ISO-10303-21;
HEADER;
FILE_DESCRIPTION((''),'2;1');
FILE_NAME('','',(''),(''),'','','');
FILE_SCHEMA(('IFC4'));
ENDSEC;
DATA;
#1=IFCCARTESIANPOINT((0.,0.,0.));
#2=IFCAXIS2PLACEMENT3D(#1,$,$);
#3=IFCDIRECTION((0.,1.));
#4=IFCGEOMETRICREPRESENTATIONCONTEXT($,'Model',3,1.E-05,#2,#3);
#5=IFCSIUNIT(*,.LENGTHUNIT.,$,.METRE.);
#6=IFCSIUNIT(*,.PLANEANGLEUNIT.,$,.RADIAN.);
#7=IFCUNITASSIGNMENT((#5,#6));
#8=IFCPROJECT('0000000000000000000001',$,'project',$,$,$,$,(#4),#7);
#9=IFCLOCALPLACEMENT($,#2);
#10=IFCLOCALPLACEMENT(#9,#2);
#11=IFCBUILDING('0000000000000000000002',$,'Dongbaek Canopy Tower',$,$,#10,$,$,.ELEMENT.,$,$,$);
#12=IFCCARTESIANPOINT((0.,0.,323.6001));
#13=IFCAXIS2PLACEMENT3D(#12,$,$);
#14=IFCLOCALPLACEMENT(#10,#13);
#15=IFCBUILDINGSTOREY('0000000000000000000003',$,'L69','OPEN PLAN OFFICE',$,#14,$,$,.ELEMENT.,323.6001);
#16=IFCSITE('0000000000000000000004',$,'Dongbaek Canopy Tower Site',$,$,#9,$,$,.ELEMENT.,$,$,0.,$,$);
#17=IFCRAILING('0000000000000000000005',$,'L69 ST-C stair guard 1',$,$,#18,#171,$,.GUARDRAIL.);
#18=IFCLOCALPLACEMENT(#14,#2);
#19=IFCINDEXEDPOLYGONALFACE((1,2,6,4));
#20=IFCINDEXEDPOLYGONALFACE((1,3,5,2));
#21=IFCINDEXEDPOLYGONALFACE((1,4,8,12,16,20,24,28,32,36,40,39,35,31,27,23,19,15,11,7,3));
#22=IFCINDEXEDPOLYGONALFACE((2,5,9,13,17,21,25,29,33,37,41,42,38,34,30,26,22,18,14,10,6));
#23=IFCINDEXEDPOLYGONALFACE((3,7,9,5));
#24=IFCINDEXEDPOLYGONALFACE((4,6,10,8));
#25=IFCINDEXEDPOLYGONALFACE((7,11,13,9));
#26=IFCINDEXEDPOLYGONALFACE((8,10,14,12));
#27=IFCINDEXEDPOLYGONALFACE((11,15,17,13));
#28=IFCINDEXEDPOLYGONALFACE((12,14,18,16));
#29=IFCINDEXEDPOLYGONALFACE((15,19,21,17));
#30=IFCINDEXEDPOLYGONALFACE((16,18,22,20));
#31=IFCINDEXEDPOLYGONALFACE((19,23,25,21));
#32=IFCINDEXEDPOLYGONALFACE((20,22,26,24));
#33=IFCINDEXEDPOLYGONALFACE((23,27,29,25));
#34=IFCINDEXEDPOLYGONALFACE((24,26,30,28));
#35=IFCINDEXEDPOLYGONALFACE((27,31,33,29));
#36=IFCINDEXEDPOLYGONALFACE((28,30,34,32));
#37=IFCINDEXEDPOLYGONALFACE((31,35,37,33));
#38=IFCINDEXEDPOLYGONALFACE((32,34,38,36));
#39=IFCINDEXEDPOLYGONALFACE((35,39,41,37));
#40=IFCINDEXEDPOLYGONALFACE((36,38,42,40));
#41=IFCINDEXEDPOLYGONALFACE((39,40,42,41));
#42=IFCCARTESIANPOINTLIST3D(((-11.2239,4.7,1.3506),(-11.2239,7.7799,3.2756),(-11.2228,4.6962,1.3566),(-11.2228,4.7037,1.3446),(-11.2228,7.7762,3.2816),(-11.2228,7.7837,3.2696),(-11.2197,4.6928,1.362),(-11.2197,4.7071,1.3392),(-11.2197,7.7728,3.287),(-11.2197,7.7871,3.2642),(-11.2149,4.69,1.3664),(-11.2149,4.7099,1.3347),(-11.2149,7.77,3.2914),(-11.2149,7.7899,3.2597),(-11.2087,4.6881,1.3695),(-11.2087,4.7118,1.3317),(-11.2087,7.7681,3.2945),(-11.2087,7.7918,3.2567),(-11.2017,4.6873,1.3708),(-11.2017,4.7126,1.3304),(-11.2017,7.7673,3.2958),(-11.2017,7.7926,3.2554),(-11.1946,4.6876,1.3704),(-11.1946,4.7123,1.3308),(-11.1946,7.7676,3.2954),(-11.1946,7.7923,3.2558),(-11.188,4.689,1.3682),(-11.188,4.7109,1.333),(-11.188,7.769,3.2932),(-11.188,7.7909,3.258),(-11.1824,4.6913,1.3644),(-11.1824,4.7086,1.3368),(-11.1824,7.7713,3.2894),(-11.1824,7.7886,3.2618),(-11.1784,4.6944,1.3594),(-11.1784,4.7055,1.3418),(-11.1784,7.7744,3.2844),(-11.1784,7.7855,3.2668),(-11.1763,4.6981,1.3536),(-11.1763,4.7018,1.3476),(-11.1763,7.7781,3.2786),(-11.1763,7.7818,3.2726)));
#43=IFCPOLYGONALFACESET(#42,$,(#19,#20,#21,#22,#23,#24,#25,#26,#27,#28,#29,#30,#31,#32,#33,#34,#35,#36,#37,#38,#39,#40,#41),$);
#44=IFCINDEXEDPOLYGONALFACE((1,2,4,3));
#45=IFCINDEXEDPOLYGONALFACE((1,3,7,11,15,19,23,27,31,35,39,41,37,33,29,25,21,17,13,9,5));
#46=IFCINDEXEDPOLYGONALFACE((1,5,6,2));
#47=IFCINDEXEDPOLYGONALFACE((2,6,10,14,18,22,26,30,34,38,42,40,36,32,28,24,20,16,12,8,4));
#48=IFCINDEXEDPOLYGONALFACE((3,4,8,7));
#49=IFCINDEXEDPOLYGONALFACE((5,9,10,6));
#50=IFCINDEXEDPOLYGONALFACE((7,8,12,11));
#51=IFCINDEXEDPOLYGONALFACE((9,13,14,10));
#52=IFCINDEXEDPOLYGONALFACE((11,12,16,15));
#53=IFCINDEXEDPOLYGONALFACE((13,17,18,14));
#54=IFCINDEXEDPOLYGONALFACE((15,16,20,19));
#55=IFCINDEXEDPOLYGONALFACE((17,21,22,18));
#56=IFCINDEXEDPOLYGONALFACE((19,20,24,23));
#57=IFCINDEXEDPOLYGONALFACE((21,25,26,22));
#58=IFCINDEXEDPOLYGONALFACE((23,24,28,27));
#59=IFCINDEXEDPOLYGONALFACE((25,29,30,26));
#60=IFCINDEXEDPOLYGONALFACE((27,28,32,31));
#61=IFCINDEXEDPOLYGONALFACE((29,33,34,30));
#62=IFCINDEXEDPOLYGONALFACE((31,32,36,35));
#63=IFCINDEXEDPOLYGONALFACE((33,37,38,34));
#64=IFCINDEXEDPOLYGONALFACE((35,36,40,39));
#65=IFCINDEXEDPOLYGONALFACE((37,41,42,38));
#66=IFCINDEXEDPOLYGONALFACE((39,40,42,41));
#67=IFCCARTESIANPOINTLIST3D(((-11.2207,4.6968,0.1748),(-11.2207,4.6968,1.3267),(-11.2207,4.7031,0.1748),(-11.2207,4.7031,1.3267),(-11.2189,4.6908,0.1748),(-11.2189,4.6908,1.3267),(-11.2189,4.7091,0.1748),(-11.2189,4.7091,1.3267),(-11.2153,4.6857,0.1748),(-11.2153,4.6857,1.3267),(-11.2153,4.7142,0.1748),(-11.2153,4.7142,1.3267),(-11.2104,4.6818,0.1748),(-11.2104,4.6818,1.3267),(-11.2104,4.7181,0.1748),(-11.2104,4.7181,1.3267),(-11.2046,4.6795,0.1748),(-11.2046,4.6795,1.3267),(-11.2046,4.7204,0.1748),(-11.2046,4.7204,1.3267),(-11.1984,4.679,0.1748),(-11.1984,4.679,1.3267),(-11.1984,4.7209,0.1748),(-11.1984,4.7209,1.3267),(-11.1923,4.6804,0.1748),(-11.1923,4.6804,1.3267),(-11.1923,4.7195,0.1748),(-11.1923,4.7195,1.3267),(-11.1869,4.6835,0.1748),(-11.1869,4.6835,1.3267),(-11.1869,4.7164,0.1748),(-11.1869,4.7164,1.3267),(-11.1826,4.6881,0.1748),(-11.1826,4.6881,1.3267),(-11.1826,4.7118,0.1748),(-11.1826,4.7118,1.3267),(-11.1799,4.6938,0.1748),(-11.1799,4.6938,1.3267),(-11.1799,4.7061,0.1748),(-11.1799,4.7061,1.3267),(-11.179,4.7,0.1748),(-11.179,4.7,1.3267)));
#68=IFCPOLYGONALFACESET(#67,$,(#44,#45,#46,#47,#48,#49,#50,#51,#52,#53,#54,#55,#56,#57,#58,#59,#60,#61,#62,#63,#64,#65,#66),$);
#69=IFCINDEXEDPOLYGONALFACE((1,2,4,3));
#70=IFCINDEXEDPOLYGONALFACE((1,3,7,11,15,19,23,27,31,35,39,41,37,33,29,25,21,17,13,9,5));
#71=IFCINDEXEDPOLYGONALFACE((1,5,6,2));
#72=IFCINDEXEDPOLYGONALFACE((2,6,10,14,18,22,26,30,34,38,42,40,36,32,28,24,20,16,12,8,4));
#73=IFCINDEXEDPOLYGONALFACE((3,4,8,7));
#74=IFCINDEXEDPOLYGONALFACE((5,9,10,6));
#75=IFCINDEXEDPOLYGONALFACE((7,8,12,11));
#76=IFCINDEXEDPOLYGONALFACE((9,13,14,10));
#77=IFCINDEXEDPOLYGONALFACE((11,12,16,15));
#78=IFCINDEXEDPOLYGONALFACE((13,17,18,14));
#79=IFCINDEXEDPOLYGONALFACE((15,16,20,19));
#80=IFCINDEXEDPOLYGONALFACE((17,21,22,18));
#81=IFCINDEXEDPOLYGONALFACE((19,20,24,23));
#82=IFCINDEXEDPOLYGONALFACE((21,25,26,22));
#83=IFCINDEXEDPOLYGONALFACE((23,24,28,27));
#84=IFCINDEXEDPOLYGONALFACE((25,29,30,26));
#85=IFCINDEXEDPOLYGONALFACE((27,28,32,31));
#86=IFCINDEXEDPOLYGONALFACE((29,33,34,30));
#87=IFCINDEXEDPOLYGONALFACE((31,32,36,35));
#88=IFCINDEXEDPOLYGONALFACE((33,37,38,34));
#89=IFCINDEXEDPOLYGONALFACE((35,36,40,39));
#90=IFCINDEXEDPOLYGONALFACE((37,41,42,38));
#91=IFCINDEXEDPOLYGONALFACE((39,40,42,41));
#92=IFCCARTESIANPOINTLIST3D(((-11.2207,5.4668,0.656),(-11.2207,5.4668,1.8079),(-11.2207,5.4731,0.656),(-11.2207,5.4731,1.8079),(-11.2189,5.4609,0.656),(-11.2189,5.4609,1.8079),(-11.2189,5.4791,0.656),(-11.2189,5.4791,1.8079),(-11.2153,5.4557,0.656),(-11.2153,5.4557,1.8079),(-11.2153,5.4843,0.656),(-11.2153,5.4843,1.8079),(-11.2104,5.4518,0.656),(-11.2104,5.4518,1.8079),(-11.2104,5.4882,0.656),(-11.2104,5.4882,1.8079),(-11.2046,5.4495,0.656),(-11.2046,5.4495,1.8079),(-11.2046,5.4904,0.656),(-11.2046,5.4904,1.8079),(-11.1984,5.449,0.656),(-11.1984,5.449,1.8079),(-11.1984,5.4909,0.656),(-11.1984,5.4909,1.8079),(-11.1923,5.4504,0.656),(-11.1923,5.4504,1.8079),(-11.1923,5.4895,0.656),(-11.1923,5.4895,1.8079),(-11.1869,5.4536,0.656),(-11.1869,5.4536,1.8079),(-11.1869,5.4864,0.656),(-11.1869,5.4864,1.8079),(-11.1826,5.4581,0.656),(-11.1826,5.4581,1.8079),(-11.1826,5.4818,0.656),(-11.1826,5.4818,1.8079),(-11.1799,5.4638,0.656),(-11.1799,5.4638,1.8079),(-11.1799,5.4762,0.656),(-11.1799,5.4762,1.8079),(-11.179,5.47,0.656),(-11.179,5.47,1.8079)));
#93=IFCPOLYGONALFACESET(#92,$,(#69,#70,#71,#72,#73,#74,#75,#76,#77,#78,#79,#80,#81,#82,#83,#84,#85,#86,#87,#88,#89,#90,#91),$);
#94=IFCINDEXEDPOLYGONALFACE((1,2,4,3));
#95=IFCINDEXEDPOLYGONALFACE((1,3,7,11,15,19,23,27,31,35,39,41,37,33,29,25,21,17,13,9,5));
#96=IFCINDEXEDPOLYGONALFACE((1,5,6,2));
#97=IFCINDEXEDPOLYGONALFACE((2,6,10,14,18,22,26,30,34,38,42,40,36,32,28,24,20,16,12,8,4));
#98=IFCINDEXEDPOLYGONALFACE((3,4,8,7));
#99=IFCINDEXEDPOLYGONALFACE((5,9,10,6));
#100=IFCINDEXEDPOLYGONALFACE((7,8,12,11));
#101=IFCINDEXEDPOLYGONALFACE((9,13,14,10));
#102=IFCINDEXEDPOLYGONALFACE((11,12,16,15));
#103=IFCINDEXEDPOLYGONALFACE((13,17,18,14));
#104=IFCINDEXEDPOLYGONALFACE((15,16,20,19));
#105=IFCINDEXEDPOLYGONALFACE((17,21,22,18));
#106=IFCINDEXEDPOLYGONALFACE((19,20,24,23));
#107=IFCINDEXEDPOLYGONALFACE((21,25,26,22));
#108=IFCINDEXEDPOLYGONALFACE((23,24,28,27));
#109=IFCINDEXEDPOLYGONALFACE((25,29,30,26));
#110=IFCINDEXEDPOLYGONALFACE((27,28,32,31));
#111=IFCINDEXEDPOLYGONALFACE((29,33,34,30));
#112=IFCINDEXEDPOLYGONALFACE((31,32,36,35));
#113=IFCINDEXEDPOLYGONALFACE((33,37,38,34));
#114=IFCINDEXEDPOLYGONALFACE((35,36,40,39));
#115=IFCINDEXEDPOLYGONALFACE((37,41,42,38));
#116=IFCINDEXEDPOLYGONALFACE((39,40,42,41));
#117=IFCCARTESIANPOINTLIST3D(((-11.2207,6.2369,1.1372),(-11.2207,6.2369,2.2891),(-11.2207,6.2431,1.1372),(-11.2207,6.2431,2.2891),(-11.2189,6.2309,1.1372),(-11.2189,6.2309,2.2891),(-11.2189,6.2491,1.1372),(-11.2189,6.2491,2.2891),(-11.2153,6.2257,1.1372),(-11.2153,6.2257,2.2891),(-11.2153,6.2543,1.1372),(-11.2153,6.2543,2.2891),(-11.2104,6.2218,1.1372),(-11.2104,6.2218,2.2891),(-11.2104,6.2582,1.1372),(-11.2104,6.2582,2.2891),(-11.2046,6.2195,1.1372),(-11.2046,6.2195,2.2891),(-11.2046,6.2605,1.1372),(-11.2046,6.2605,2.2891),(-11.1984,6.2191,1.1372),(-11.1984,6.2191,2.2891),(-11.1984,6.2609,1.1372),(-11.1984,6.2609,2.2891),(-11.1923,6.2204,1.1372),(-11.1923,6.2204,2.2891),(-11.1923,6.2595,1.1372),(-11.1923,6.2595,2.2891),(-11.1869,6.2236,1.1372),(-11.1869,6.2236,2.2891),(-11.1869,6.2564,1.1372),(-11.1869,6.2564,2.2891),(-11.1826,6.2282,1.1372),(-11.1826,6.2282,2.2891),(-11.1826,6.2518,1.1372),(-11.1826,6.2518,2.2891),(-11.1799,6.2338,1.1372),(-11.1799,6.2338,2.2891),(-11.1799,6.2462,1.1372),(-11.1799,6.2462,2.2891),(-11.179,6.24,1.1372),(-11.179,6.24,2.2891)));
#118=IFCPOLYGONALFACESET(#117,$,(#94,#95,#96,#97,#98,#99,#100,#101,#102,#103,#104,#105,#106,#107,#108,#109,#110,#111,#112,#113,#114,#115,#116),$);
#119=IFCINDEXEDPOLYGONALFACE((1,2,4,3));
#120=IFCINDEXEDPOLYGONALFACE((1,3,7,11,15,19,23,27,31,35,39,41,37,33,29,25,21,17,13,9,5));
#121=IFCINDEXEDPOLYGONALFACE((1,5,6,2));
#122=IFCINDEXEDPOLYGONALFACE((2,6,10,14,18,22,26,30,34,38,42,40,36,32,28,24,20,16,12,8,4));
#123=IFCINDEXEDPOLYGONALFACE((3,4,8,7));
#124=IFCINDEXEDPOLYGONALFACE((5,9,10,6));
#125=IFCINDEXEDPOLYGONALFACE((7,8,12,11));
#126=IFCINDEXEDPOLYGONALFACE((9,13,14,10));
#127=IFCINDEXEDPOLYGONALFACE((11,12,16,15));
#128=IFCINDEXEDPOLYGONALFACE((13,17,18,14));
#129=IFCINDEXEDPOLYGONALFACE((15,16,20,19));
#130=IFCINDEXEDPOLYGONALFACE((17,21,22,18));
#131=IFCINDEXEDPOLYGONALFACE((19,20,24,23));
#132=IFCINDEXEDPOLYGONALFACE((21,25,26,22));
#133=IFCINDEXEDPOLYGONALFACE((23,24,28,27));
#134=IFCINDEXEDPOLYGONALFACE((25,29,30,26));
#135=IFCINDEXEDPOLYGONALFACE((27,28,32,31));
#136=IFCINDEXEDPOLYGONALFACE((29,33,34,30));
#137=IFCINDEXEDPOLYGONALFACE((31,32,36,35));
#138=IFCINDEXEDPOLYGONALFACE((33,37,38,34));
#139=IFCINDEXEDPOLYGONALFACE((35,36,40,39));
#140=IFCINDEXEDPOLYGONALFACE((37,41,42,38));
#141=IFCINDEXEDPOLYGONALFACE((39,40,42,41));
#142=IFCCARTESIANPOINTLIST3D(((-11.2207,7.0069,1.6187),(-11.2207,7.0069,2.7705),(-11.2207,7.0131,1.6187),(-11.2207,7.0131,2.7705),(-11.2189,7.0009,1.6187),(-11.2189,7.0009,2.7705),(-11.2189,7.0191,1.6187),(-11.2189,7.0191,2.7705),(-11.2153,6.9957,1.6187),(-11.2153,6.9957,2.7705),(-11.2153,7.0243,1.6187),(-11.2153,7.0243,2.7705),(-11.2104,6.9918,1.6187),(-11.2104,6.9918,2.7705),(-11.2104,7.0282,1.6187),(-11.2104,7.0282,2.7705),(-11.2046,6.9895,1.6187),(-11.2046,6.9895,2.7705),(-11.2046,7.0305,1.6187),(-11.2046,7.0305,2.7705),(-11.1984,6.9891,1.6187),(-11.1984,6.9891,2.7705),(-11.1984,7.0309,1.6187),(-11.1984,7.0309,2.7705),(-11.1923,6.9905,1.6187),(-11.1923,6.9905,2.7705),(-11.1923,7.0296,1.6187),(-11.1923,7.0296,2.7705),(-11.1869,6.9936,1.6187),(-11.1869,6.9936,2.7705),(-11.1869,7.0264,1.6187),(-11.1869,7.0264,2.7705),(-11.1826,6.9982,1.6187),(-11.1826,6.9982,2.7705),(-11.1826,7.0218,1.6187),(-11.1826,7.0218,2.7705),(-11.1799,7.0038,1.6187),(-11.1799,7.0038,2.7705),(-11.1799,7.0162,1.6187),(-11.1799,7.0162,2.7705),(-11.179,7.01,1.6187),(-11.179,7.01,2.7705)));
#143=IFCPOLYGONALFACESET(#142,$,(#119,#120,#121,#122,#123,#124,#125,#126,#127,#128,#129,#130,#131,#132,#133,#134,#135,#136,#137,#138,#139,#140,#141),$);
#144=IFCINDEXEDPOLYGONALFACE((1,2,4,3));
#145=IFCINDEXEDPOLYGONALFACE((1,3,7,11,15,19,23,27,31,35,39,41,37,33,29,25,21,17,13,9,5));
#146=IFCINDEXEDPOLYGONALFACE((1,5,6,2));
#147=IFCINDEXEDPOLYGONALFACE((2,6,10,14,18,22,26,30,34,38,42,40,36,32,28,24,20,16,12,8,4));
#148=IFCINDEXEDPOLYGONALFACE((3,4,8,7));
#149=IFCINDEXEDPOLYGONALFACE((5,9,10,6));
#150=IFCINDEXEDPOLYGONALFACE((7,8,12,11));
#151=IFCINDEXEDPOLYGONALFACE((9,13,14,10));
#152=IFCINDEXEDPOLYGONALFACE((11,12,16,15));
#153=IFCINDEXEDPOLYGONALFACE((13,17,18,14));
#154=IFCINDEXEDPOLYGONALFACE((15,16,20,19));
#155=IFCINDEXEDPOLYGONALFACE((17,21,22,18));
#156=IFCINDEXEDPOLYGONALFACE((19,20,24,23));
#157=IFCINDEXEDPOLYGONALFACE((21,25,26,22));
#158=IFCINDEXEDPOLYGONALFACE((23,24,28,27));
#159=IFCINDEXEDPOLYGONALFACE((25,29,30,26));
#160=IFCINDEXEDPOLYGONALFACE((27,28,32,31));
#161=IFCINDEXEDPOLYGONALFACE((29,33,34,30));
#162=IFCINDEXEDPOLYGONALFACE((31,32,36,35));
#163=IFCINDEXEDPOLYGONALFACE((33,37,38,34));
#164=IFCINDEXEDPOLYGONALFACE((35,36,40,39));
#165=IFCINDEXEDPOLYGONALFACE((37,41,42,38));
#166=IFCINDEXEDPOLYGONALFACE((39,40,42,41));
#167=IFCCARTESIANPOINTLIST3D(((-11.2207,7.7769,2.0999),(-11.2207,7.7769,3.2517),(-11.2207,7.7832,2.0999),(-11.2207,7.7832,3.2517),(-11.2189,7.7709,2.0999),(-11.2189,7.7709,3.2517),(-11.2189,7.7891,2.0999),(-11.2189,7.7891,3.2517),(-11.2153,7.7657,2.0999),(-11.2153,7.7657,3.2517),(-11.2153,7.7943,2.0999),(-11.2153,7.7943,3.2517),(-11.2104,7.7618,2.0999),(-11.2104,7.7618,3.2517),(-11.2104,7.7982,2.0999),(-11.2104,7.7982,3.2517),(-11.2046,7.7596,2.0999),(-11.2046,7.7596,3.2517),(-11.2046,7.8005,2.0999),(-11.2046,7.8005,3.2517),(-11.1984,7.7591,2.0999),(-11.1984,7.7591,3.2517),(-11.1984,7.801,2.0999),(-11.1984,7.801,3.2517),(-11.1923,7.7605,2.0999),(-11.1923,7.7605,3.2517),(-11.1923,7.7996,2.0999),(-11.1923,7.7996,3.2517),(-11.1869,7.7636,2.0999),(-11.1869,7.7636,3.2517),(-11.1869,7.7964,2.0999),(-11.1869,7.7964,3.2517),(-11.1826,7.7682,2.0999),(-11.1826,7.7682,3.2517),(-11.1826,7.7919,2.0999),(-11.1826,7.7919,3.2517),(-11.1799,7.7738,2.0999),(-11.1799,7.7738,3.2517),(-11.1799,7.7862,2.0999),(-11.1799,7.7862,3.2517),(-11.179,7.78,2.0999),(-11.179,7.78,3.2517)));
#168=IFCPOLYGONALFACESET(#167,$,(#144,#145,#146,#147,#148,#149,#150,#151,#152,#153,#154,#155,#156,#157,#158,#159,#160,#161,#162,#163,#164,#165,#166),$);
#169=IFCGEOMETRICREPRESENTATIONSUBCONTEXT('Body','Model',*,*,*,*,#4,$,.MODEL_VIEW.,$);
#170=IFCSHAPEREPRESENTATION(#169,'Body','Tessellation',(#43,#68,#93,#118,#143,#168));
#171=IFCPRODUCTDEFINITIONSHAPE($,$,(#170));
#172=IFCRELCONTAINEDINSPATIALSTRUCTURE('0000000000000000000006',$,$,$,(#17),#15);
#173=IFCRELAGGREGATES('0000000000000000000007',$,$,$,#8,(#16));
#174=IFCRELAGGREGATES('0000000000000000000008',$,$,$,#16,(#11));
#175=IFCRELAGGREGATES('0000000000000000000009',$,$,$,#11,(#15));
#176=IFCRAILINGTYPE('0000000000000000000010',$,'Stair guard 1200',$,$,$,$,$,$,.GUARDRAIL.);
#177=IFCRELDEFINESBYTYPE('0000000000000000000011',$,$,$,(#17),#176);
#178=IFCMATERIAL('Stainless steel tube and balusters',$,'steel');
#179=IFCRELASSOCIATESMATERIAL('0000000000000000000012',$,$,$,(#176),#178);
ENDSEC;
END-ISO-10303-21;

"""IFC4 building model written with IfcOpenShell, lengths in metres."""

from ifc_helpers import new_model, si_unit, direction, frame, origin, origin_2d, place, context, subcontext, project, spatial, circle, extrude, material, type_object, element, save


model = new_model("IFC4")

# Units and contexts
model_context = context("Model", 3, precision=1e-05, world=origin(), true_north=direction((0.0, 1.0)))
body_context = subcontext(model_context, "Body", "Model", "MODEL_VIEW")
ifc_project = project(units=[si_unit("LENGTHUNIT", "METRE"), si_unit("PLANEANGLEUNIT", "RADIAN")], contexts=[model_context])

# Site, building, storey
site_placement = place(None, origin())
site = spatial("IfcSite", under=ifc_project, at=site_placement, Name="Dongbaek Canopy Tower Site", CompositionType="ELEMENT", RefElevation=0.0)
building_placement = place(site_placement, origin())
building = spatial("IfcBuilding", under=site, at=building_placement, Name="Dongbaek Canopy Tower", CompositionType="ELEMENT")
storey_placement = place(building_placement, frame((0.0, 0.0, 323.6001)))
storey = spatial("IfcBuildingStorey", under=building, at=storey_placement, Name="L69", Description="OPEN PLAN OFFICE", CompositionType="ELEMENT", Elevation=323.6001)

# Railing
ifc_material_1 = material(Name="Stainless steel tube and balusters", Category="steel")
railing_type_1 = type_object("IfcRailingType", Name="Stair guard 1200", PredefinedType="GUARDRAIL", material=ifc_material_1)
railing_1_placement = place(storey_placement, frame((-11.2, 4.7, 0.1748)))
element("IfcRailing", 1, at=railing_1_placement, inside=storey, type_object=railing_type_1, Name="L69 ST-C stair guard 1", PredefinedType="GUARDRAIL", context=body_context, shape_type="SweptSolid", body=[
    extrude(circle(Radius=0.0239, at=origin_2d()), frame((0.0, 0.0, 1.1758), z_axis=(0.0, 0.847998, 0.529999), x_axis=(-1.0, 0.0, 0.0)), (0.0, 0.0, 1.0), 3.6321),
    extrude(circle(Radius=0.021, at=origin_2d()), origin(), (0.0, 0.0, 1.0), 1.1519),
    extrude(circle(Radius=0.021, at=origin_2d()), frame((0.0, 0.77, 0.4812)), (0.0, 0.0, 1.0), 1.1519),
    extrude(circle(Radius=0.021, at=origin_2d()), frame((0.0, 1.54, 0.9624)), (0.0, 0.0, 1.0), 1.1519),
    extrude(circle(Radius=0.021, at=origin_2d()), frame((0.0, 2.3101, 1.4438)), (0.0, 0.0, 1.0), 1.1519),
    extrude(circle(Radius=0.021, at=origin_2d()), frame((0.0, 3.0801, 1.925)), (0.0, 0.0, 1.0), 1.1519),
])

save(model, "model.ifc")
